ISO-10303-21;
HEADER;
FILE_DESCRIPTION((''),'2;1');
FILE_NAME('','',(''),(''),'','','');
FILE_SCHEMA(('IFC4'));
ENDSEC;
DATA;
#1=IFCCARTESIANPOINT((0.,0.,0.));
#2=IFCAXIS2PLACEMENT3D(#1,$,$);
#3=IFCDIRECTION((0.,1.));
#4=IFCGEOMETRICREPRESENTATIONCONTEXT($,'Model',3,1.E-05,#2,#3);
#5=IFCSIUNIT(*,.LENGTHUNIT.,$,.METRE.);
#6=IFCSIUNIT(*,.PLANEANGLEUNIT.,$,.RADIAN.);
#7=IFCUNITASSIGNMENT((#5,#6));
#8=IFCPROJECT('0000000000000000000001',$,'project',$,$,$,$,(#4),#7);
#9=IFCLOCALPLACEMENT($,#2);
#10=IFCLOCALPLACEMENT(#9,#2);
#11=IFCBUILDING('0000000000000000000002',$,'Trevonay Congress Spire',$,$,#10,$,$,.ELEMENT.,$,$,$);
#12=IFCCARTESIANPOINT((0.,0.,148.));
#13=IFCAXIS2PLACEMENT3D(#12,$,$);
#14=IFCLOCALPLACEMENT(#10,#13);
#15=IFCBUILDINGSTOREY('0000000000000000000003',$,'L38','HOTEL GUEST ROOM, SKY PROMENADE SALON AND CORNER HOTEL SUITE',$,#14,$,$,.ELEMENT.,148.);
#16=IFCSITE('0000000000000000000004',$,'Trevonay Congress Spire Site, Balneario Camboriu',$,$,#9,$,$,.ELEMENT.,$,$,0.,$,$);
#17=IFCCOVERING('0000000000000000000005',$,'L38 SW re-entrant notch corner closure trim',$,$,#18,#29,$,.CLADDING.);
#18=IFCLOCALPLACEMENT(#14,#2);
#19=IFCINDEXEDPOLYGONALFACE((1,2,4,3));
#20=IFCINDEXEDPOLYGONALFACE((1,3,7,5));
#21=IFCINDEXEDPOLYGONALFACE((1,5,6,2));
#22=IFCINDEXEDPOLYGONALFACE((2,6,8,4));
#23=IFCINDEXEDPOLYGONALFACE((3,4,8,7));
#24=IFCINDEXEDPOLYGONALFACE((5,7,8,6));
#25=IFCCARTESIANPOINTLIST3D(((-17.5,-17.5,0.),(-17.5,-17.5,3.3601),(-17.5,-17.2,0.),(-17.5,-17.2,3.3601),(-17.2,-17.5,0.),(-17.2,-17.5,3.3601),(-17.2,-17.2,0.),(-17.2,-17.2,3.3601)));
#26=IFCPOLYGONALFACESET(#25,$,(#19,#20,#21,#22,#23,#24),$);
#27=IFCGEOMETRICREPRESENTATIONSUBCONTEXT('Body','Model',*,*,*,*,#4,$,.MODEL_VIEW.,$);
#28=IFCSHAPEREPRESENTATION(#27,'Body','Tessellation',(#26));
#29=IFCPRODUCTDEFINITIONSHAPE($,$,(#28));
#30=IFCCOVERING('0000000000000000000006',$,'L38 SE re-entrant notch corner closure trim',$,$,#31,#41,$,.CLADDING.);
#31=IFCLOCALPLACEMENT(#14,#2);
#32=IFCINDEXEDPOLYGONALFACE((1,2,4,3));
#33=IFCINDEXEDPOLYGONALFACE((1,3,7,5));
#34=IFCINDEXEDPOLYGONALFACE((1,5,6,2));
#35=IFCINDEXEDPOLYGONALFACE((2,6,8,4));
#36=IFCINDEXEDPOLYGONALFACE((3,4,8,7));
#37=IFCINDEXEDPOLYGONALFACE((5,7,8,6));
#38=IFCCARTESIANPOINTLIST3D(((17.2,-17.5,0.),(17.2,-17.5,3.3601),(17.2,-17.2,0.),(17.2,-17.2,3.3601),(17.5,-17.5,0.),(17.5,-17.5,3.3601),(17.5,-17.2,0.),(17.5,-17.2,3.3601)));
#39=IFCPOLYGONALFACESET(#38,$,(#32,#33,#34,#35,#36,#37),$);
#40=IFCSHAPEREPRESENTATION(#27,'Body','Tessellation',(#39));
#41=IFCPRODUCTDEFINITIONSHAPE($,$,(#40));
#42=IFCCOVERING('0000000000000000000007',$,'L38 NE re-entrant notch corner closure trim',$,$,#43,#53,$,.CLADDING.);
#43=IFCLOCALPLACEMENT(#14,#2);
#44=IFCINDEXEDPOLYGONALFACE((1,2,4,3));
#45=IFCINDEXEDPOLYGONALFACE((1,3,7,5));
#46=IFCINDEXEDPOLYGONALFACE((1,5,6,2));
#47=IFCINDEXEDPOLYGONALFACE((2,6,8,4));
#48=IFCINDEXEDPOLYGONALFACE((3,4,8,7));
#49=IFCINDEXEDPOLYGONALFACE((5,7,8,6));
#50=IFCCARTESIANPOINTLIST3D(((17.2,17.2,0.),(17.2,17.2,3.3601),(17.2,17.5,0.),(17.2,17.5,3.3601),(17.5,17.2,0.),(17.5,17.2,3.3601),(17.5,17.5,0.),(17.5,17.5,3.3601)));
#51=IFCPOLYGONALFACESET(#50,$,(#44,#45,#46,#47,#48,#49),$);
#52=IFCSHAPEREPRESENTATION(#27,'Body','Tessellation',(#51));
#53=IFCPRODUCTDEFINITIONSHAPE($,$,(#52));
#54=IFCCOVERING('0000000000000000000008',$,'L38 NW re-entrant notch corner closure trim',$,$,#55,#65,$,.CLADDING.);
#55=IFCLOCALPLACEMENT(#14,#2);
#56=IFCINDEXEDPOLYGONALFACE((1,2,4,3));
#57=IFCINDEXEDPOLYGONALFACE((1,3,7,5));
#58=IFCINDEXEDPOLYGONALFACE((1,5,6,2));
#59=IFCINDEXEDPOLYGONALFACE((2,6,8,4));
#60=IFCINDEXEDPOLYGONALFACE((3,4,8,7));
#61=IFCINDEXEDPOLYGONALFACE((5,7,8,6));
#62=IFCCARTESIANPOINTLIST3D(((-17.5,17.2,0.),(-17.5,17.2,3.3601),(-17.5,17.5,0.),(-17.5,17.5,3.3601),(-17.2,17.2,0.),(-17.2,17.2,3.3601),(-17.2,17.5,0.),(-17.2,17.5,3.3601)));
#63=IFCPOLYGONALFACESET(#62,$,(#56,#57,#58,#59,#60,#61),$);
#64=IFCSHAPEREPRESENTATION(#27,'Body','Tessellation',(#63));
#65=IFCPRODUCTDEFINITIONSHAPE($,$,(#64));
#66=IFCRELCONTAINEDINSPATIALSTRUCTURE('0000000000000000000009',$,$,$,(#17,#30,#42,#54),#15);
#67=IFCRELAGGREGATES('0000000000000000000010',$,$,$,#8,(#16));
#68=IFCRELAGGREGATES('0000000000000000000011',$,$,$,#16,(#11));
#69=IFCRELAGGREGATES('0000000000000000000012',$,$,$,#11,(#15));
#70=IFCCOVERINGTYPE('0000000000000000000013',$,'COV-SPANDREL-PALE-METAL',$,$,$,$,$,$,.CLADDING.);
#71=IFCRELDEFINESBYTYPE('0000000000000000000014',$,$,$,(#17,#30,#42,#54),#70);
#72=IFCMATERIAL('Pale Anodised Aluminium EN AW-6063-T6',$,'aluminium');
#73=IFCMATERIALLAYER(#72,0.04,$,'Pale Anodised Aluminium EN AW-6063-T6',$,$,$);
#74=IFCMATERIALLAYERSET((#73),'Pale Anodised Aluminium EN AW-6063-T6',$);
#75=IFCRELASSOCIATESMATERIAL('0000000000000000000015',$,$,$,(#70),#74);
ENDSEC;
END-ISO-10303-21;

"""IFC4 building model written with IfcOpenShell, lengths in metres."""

from ifc_helpers import new_model, si_unit, direction, frame, origin, place, context, subcontext, project, spatial, polyline, outline, extrude, material, layer, layer_set, type_object, element, save


model = new_model("IFC4")

# Units and contexts
model_context = context("Model", 3, precision=1e-05, world=origin(), true_north=direction((0.0, 1.0)))
body_context = subcontext(model_context, "Body", "Model", "MODEL_VIEW")
ifc_project = project(units=[si_unit("LENGTHUNIT", "METRE"), si_unit("PLANEANGLEUNIT", "RADIAN")], contexts=[model_context])

# Site, building, storey
site_placement = place(None, origin())
site = spatial("IfcSite", under=ifc_project, at=site_placement, Name="Trevonay Congress Spire Site, Balneario Camboriu", CompositionType="ELEMENT", RefElevation=0.0)
building_placement = place(site_placement, origin())
building = spatial("IfcBuilding", under=site, at=building_placement, Name="Trevonay Congress Spire", CompositionType="ELEMENT")
storey_placement = place(building_placement, frame((0.0, 0.0, 148.0)))
storey = spatial("IfcBuildingStorey", under=building, at=storey_placement, Name="L38", Description="HOTEL GUEST ROOM, SKY PROMENADE SALON AND CORNER HOTEL SUITE", CompositionType="ELEMENT", Elevation=148.0)

# Shared definitions
ifc_material_1 = material(Name="Pale Anodised Aluminium EN AW-6063-T6", Category="aluminium")

# Coverings
ifc_layer_1 = layer(ifc_material_1, 0.04, Name="Pale Anodised Aluminium EN AW-6063-T6")
ifc_layer_set_1 = layer_set([ifc_layer_1], Name="Pale Anodised Aluminium EN AW-6063-T6")
covering_type_1 = type_object("IfcCoveringType", Name="COV-SPANDREL-PALE-METAL", PredefinedType="CLADDING", material=ifc_layer_set_1)
covering_1_placement = place(storey_placement, origin())
element("IfcCovering", 1, at=covering_1_placement, inside=storey, type_object=covering_type_1, Name="L38 SW re-entrant notch corner closure trim", PredefinedType="CLADDING", context=body_context, shape_type="SweptSolid", body=[
    extrude(outline(polyline([(-17.5, -17.5), (-17.2, -17.5), (-17.2, -17.2), (-17.5, -17.2), (-17.5, -17.5)])), origin(), (0.0, 0.0, 1.0), 3.3601),
])
covering_2_placement = place(storey_placement, origin())
element("IfcCovering", 2, at=covering_2_placement, inside=storey, type_object=covering_type_1, Name="L38 SE re-entrant notch corner closure trim", PredefinedType="CLADDING", context=body_context, shape_type="SweptSolid", body=[
    extrude(outline(polyline([(17.2, -17.5), (17.5, -17.5), (17.5, -17.2), (17.2, -17.2), (17.2, -17.5)])), origin(), (0.0, 0.0, 1.0), 3.3601),
])
covering_3_placement = place(storey_placement, origin())
element("IfcCovering", 3, at=covering_3_placement, inside=storey, type_object=covering_type_1, Name="L38 NE re-entrant notch corner closure trim", PredefinedType="CLADDING", context=body_context, shape_type="SweptSolid", body=[
    extrude(outline(polyline([(17.2, 17.2), (17.5, 17.2), (17.5, 17.5), (17.2, 17.5), (17.2, 17.2)])), origin(), (0.0, 0.0, 1.0), 3.3601),
])
covering_4_placement = place(storey_placement, origin())
element("IfcCovering", 4, at=covering_4_placement, inside=storey, type_object=covering_type_1, Name="L38 NW re-entrant notch corner closure trim", PredefinedType="CLADDING", context=body_context, shape_type="SweptSolid", body=[
    extrude(outline(polyline([(-17.5, 17.2), (-17.2, 17.2), (-17.2, 17.5), (-17.5, 17.5), (-17.5, 17.2)])), origin(), (0.0, 0.0, 1.0), 3.3601),
])

save(model, "model.ifc")
